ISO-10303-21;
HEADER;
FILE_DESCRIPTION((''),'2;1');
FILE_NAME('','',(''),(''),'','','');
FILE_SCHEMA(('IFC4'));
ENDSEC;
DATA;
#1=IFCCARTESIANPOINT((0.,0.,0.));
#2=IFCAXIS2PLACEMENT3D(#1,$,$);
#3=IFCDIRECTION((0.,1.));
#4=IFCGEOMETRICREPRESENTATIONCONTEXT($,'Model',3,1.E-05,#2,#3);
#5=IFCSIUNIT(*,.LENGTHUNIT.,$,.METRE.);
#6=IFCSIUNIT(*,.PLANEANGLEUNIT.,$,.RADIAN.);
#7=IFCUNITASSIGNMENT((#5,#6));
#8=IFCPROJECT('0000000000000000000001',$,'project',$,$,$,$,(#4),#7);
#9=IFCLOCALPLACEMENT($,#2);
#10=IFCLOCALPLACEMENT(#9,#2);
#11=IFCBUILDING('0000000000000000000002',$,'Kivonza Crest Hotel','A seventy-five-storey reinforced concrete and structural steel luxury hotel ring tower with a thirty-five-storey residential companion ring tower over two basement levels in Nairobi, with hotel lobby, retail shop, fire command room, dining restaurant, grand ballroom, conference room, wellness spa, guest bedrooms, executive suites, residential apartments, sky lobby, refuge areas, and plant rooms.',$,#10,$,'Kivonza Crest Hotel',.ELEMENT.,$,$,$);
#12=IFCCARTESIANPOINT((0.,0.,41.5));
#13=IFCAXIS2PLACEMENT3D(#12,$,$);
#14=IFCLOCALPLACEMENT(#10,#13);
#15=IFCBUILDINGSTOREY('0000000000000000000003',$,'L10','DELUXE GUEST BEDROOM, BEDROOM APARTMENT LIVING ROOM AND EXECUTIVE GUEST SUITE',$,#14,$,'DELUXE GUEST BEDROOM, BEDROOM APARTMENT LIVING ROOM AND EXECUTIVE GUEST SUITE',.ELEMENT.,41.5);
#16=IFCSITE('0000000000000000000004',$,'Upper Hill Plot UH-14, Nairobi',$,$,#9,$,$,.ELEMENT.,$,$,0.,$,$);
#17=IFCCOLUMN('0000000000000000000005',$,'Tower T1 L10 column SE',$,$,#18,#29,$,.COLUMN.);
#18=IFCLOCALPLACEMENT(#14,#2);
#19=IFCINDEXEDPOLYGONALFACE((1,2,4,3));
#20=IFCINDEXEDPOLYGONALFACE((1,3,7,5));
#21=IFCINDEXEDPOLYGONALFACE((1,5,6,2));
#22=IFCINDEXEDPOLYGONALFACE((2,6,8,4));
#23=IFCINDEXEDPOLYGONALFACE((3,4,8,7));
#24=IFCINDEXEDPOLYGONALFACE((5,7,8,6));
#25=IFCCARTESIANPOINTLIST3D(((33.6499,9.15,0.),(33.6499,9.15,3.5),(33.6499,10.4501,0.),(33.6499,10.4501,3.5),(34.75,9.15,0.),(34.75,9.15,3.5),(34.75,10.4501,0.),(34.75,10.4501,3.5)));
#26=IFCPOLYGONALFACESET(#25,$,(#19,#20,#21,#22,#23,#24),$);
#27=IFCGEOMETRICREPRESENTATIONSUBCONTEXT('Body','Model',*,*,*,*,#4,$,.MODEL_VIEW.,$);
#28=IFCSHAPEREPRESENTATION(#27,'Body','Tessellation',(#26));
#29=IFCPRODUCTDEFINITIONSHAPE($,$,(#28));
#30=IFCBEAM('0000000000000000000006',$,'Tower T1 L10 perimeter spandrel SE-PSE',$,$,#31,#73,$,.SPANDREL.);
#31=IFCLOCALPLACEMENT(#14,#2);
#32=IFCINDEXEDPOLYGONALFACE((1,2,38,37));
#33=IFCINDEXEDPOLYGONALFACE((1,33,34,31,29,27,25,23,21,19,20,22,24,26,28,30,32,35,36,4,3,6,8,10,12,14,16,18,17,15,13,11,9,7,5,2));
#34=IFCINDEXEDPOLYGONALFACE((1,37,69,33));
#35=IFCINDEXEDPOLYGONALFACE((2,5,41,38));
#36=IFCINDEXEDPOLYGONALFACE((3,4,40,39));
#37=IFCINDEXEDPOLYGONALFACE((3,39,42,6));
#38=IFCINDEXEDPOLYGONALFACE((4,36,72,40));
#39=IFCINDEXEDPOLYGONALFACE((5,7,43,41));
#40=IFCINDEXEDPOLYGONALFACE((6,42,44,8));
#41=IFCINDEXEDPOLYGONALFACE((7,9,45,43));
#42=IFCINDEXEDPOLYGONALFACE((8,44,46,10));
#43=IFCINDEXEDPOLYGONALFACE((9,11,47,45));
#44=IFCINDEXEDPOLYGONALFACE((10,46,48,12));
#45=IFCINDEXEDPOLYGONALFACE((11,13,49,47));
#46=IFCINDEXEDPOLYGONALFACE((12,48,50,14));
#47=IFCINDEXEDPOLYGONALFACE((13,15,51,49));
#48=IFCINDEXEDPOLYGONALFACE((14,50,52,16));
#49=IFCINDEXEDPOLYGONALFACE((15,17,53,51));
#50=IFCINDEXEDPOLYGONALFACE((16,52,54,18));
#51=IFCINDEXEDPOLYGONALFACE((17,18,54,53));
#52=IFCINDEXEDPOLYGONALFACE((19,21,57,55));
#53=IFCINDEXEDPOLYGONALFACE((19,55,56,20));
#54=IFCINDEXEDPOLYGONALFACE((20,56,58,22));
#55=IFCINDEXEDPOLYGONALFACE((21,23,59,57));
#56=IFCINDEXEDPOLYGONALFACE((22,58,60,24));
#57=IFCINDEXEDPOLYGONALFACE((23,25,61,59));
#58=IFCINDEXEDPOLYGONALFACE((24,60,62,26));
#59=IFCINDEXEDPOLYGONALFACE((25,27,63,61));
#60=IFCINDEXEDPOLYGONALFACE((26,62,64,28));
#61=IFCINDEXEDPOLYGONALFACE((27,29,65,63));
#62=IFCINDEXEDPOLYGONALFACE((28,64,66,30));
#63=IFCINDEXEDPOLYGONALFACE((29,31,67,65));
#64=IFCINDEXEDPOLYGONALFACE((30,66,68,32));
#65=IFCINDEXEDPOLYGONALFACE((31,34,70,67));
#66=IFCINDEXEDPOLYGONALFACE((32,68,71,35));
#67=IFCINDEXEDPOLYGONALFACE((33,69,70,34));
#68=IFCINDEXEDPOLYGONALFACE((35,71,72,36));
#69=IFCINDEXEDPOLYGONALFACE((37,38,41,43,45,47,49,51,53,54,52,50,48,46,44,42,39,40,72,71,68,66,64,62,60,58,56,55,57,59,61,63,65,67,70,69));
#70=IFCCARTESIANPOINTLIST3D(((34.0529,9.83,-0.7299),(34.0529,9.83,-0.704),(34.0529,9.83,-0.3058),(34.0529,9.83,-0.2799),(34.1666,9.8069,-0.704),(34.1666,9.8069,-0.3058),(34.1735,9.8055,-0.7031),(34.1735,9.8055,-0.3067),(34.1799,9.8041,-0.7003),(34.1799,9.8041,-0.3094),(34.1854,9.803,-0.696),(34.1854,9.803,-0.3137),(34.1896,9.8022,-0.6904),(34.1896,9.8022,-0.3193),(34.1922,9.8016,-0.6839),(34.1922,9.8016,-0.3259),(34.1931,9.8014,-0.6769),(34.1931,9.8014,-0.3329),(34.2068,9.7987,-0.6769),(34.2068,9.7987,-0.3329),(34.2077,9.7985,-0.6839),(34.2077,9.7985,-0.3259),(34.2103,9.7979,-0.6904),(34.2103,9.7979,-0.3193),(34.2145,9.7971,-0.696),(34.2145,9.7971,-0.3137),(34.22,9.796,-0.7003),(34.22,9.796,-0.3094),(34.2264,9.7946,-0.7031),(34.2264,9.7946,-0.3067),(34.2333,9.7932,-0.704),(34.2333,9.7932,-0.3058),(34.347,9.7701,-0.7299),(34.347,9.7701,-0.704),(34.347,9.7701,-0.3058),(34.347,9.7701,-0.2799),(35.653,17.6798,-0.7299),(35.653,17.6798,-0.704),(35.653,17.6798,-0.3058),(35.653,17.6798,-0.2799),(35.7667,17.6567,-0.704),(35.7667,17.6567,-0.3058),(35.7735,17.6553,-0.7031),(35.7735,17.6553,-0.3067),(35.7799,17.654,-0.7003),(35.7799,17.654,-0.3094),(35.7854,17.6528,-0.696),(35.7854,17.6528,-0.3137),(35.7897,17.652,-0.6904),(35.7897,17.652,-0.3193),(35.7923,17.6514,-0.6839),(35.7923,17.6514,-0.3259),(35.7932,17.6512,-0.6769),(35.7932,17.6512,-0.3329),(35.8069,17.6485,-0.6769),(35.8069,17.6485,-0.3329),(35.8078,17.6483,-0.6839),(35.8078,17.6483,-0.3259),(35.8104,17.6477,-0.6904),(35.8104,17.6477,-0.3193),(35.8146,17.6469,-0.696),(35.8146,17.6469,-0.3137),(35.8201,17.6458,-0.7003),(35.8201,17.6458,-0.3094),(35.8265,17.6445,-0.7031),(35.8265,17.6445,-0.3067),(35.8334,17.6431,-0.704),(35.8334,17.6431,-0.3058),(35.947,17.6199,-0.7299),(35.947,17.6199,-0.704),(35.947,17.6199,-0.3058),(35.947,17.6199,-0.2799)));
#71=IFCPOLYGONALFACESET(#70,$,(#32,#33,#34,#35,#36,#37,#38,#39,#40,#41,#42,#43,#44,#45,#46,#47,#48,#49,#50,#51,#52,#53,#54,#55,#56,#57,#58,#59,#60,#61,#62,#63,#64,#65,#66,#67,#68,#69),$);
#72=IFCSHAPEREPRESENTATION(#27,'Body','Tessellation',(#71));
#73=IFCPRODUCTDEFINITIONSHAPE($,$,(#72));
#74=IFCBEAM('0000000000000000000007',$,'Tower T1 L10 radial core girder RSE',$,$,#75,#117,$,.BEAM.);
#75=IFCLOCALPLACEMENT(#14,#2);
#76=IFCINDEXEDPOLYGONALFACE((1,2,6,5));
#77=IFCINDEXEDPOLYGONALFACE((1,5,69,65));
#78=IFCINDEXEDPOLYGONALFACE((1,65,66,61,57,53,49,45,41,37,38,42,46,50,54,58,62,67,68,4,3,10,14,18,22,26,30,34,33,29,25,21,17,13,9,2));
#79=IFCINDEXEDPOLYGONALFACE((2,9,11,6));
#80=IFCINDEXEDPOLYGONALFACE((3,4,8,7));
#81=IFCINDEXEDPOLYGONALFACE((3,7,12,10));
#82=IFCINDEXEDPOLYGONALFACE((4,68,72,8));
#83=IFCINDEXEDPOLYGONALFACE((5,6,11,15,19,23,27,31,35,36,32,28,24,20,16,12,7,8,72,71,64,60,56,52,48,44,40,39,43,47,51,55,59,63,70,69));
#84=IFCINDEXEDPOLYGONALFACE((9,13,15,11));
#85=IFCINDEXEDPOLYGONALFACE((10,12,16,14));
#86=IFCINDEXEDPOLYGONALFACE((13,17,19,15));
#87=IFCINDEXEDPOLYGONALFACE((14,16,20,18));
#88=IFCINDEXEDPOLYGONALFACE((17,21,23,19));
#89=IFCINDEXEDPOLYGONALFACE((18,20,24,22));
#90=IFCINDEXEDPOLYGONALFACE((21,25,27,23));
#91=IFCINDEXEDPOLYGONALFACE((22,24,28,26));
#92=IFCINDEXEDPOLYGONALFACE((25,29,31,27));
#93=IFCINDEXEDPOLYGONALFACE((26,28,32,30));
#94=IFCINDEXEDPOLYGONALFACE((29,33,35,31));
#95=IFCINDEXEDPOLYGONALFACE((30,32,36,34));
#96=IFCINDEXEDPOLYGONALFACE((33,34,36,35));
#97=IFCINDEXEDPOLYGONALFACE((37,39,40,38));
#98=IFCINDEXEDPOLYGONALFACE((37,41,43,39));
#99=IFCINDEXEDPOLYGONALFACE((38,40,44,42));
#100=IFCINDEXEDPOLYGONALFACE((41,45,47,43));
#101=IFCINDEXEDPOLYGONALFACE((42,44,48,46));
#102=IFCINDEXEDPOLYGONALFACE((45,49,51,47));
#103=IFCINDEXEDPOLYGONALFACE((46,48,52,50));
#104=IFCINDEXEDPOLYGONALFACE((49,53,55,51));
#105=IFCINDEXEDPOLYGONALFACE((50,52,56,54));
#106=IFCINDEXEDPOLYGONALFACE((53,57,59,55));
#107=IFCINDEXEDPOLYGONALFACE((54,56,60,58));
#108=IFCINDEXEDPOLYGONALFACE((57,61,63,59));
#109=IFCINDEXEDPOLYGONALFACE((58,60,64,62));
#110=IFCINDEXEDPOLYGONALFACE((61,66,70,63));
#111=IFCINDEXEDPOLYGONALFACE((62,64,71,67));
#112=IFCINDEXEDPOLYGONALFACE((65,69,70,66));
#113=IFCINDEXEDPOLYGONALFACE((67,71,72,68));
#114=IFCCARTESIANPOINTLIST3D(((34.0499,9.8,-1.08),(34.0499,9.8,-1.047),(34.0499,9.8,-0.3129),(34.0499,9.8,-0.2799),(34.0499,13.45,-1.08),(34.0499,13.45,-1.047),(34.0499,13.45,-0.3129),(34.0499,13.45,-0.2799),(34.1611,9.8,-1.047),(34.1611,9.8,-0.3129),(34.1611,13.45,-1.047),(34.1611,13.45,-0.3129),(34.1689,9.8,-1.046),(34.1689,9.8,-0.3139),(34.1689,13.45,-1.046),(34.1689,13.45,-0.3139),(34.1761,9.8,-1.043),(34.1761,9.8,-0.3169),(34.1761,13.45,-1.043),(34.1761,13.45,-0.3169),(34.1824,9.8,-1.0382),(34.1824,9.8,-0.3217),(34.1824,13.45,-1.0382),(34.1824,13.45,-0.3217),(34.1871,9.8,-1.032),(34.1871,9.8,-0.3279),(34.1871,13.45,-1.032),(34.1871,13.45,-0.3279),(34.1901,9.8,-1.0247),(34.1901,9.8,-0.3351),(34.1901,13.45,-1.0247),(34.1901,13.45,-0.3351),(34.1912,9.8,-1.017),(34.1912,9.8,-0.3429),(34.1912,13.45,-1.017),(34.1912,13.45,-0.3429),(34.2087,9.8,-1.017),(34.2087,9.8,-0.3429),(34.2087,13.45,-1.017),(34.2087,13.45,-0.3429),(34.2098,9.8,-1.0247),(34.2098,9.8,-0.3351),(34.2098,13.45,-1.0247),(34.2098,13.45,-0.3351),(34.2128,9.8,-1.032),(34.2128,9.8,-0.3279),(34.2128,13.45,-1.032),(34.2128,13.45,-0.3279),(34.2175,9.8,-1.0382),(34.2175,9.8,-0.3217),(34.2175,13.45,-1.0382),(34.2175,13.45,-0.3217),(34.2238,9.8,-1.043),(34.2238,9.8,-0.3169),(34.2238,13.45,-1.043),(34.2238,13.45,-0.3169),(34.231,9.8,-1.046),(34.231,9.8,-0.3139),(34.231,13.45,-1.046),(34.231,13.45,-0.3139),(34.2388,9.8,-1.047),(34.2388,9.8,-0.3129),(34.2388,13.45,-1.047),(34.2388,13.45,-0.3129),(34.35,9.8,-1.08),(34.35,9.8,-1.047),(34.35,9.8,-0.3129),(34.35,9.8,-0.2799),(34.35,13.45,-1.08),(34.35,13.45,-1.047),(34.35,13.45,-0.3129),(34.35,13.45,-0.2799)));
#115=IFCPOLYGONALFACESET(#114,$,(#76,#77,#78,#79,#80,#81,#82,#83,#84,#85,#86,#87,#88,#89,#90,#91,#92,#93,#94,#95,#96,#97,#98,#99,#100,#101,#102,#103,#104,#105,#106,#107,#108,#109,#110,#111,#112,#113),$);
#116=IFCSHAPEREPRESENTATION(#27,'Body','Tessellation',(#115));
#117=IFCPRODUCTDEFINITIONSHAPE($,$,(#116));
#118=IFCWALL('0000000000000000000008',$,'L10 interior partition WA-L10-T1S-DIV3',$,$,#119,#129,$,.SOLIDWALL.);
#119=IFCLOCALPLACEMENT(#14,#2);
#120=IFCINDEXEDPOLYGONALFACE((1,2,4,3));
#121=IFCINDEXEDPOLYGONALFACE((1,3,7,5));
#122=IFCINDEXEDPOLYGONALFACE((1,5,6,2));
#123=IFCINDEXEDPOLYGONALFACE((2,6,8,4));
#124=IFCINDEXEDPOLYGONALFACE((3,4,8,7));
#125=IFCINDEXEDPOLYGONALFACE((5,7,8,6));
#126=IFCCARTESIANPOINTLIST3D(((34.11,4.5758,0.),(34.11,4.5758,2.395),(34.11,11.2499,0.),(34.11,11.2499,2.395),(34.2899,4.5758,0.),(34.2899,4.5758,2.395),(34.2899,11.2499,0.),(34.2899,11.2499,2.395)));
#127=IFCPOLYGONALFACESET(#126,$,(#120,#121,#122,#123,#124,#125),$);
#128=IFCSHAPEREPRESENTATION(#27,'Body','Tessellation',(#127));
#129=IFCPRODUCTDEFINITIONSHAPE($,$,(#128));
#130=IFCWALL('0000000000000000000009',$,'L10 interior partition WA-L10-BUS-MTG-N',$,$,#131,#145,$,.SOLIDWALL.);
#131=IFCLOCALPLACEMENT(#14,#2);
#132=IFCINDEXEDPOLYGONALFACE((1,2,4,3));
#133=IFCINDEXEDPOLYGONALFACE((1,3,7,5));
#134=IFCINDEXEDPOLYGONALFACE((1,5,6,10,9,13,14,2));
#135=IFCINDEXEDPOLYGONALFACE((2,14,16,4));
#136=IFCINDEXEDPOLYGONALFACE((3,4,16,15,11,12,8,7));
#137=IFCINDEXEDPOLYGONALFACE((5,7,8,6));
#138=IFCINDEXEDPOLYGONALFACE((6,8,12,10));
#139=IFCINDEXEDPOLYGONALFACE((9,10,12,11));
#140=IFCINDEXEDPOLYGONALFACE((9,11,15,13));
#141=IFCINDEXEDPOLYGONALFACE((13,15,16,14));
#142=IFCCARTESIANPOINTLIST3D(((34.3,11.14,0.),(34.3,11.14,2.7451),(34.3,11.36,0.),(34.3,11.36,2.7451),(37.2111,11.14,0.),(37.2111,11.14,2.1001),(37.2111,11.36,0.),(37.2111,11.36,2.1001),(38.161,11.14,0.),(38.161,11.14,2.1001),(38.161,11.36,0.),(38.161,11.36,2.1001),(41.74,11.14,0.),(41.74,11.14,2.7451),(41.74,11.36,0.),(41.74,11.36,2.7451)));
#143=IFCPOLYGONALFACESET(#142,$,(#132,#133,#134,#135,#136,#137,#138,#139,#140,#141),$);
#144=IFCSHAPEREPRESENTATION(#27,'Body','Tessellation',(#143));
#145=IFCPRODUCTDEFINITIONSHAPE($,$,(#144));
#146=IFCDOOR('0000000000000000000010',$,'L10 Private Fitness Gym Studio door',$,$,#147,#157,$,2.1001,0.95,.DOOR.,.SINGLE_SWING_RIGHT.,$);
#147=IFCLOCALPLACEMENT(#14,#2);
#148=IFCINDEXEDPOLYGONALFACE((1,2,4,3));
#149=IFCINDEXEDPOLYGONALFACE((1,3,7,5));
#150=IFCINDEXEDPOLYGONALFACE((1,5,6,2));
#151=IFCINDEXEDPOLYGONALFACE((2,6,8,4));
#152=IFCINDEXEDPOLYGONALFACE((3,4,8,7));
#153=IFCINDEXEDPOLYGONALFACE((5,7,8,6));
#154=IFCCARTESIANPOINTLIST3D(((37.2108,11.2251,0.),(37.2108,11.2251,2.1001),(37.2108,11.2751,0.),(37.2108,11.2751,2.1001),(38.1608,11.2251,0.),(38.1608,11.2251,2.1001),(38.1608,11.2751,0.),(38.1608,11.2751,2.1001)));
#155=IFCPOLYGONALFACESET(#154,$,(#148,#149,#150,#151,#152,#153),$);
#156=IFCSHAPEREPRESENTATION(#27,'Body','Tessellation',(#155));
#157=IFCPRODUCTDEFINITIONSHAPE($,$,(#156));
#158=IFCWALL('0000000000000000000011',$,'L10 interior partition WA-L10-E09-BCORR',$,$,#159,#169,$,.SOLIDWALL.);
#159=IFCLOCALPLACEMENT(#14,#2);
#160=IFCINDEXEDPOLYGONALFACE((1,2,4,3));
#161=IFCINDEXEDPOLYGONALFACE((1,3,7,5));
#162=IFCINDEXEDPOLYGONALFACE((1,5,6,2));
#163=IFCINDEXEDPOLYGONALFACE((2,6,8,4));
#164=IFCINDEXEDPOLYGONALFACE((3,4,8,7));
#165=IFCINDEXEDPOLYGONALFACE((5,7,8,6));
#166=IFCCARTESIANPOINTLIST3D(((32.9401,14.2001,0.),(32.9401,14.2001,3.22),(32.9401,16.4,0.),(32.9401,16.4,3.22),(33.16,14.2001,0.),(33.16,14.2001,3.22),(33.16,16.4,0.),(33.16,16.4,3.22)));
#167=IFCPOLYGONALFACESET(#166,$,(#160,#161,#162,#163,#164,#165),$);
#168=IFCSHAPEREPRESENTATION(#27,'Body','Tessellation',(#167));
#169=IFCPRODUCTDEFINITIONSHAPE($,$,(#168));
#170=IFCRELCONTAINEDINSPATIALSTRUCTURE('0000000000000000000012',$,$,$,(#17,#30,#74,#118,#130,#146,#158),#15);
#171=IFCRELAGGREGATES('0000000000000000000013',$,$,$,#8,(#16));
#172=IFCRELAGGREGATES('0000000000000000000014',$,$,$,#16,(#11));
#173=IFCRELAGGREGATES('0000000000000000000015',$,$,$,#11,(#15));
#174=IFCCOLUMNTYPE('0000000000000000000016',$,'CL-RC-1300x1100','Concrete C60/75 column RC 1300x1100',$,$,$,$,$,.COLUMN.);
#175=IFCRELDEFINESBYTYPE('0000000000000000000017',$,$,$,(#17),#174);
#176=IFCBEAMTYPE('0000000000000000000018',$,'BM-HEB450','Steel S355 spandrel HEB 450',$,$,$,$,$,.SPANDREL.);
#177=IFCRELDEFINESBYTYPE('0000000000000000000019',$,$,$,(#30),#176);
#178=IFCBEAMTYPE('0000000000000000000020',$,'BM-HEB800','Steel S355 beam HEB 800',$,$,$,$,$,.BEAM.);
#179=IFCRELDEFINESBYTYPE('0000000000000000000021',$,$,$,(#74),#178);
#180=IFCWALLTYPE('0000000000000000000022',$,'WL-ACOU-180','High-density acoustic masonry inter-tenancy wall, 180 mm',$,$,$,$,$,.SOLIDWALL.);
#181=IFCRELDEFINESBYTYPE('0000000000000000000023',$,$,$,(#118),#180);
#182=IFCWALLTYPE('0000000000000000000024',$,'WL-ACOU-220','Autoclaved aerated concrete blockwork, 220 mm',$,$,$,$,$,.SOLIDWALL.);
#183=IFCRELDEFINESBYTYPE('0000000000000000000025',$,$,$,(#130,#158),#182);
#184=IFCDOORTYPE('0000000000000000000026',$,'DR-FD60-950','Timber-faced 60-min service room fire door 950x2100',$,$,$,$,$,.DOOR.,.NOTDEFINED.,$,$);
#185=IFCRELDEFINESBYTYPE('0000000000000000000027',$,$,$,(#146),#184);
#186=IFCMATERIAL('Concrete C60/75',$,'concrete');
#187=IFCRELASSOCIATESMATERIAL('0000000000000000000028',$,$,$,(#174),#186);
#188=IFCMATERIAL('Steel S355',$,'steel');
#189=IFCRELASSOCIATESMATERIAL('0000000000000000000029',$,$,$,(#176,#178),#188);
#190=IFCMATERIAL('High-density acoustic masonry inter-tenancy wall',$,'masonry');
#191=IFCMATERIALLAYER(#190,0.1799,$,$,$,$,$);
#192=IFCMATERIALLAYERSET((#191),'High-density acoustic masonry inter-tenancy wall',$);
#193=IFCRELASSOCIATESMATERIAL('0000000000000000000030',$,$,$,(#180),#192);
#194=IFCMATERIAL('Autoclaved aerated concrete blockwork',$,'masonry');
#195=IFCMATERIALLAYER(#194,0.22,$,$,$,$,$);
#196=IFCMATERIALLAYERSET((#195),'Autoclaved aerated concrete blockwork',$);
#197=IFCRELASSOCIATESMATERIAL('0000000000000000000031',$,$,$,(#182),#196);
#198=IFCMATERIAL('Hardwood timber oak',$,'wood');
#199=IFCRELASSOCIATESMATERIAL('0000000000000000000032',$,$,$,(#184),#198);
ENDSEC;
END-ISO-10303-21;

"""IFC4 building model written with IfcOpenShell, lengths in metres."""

from ifc_helpers import new_model, si_unit, direction, frame, frame_2d, origin, origin_2d, place, context, subcontext, project, spatial, rectangle, i_section, extrude, material, layer, layer_set, material_profile, profile_set, type_object, element, fill, save


model = new_model("IFC4")

# Units and contexts
model_context = context("Model", 3, precision=1e-05, world=origin(), true_north=direction((0.0, 1.0)))
body_context = subcontext(model_context, "Body", "Model", "MODEL_VIEW")
ifc_project = project(units=[si_unit("LENGTHUNIT", "METRE"), si_unit("PLANEANGLEUNIT", "RADIAN")], contexts=[model_context])

# Site, building, storey
site_placement = place(None, origin())
site = spatial("IfcSite", under=ifc_project, at=site_placement, Name="Upper Hill Plot UH-14, Nairobi", CompositionType="ELEMENT", RefElevation=0.0)
building_placement = place(site_placement, origin())
building = spatial("IfcBuilding", under=site, at=building_placement, Name="Kivonza Crest Hotel", Description="A seventy-five-storey reinforced concrete and structural steel luxury hotel ring tower with a thirty-five-storey residential companion ring tower over two basement levels in Nairobi, with hotel lobby, retail shop, fire command room, dining restaurant, grand ballroom, conference room, wellness spa, guest bedrooms, executive suites, residential apartments, sky lobby, refuge areas, and plant rooms.", LongName="Kivonza Crest Hotel", CompositionType="ELEMENT")
storey_placement = place(building_placement, frame((0.0, 0.0, 41.5)))
storey = spatial("IfcBuildingStorey", under=building, at=storey_placement, Name="L10", Description="DELUXE GUEST BEDROOM, BEDROOM APARTMENT LIVING ROOM AND EXECUTIVE GUEST SUITE", LongName="DELUXE GUEST BEDROOM, BEDROOM APARTMENT LIVING ROOM AND EXECUTIVE GUEST SUITE", CompositionType="ELEMENT", Elevation=41.5)

# Column
ifc_material_1 = material(Name="Concrete C60/75", Category="concrete")
ifc_material_profile_1 = material_profile(ifc_material_1, rectangle(XDim=1.1001, YDim=1.3, at=origin_2d()), Name="RC 1300x1100")
ifc_profile_set_1 = profile_set([ifc_material_profile_1], Name="Concrete C60/75")
column_type = type_object("IfcColumnType", Name="CL-RC-1300x1100", Description="Concrete C60/75 column RC 1300x1100", PredefinedType="COLUMN", material=ifc_profile_set_1)
column_placement = place(storey_placement, frame((34.2, 9.8, 0.0), z_axis=(0.0, 0.0, 1.0), x_axis=(1.0, 0.0, 0.0)))
element("IfcColumn", 1, at=column_placement, inside=storey, type_object=column_type, Name="Tower T1 L10 column SE", PredefinedType="COLUMN", context=body_context, shape_type="SweptSolid", body=[
    extrude(rectangle(XDim=1.1001, YDim=1.3, at=origin_2d()), origin(), (0.0, 0.0, 1.0), 3.5),
])

# Beams
ifc_material_2 = material(Name="Steel S355", Category="steel")
ifc_material_profile_2 = material_profile(ifc_material_2, i_section(OverallWidth=0.3, OverallDepth=0.45, WebThickness=0.0139, FlangeThickness=0.0259, FilletRadius=0.0271, at=origin_2d()), Name="HEB 450")
ifc_profile_set_2 = profile_set([ifc_material_profile_2], Name="Steel S355")
beam_type_1 = type_object("IfcBeamType", Name="BM-HEB450", Description="Steel S355 spandrel HEB 450", PredefinedType="SPANDREL", material=ifc_profile_set_2)
beam_1_placement = place(storey_placement, frame((34.2, 9.8, -0.5049), z_axis=(0.199731, 0.979851, 0.0), x_axis=(-0.979851, 0.199731, 0.0)))
element("IfcBeam", 2, at=beam_1_placement, inside=storey, type_object=beam_type_1, Name="Tower T1 L10 perimeter spandrel SE-PSE", PredefinedType="SPANDREL", context=body_context, shape_type="SweptSolid", body=[
    extrude(i_section(OverallWidth=0.3, OverallDepth=0.45, WebThickness=0.0139, FlangeThickness=0.0259, FilletRadius=0.0271, at=origin_2d()), origin(), (0.0, 0.0, 1.0), 8.0112),
])
ifc_material_profile_3 = material_profile(ifc_material_2, i_section(OverallWidth=0.3, OverallDepth=0.8, WebThickness=0.0176, FlangeThickness=0.033, FilletRadius=0.03, at=origin_2d()), Name="HEB 800")
ifc_profile_set_3 = profile_set([ifc_material_profile_3], Name="Steel S355")
beam_type_2 = type_object("IfcBeamType", Name="BM-HEB800", Description="Steel S355 beam HEB 800", PredefinedType="BEAM", material=ifc_profile_set_3)
beam_2_placement = place(storey_placement, frame((34.2, 9.8, -0.6799), z_axis=(0.0, 1.0, 0.0), x_axis=(-1.0, 0.0, 0.0)))
element("IfcBeam", 3, at=beam_2_placement, inside=storey, type_object=beam_type_2, Name="Tower T1 L10 radial core girder RSE", PredefinedType="BEAM", context=body_context, shape_type="SweptSolid", body=[
    extrude(i_section(OverallWidth=0.3, OverallDepth=0.8, WebThickness=0.0176, FlangeThickness=0.033, FilletRadius=0.03, at=origin_2d()), origin(), (0.0, 0.0, 1.0), 3.6499),
])

# Wall
ifc_material_3 = material(Name="High-density acoustic masonry inter-tenancy wall", Category="masonry")
ifc_layer_1 = layer(ifc_material_3, 0.1799)
ifc_layer_set_1 = layer_set([ifc_layer_1], Name="High-density acoustic masonry inter-tenancy wall")
wall_type_1 = type_object("IfcWallType", Name="WL-ACOU-180", Description="High-density acoustic masonry inter-tenancy wall, 180 mm", PredefinedType="SOLIDWALL", material=ifc_layer_set_1)
wall_1_placement = place(storey_placement, frame((34.2, 4.5759, 0.0), z_axis=(0.0, 0.0, 1.0), x_axis=(0.0, 1.0, 0.0)))
element("IfcWall", 4, at=wall_1_placement, inside=storey, type_object=wall_type_1, Name="L10 interior partition WA-L10-T1S-DIV3", PredefinedType="SOLIDWALL", context=body_context, shape_type="SweptSolid", body=[
    extrude(rectangle(XDim=6.6741, YDim=0.1799, at=frame_2d((3.3369, 0.0))), origin(), (0.0, 0.0, 1.0), 2.395),
])

# Wall, opening, door
ifc_material_4 = material(Name="Autoclaved aerated concrete blockwork", Category="masonry")
ifc_layer_2 = layer(ifc_material_4, 0.22)
ifc_layer_set_2 = layer_set([ifc_layer_2], Name="Autoclaved aerated concrete blockwork")
wall_type_2 = type_object("IfcWallType", Name="WL-ACOU-220", Description="Autoclaved aerated concrete blockwork, 220 mm", PredefinedType="SOLIDWALL", material=ifc_layer_set_2)
wall_2_placement = place(storey_placement, frame((34.3, 11.25, 0.0), z_axis=(0.0, 0.0, 1.0), x_axis=(1.0, 0.0, 0.0)))
wall_2 = element("IfcWall", 5, at=wall_2_placement, inside=storey, type_object=wall_type_2, Name="L10 interior partition WA-L10-BUS-MTG-N", PredefinedType="SOLIDWALL", context=body_context, shape_type="SweptSolid", body=[
    extrude(rectangle(XDim=7.4399, YDim=0.22, at=frame_2d((3.72, 0.0))), origin(), (0.0, 0.0, 1.0), 2.7451),
])
opening_1_placement = place(wall_2_placement, frame((2.9109, 0.0, 0.0)))
opening_1 = element("IfcOpeningElement", 6, at=opening_1_placement, cuts=wall_2, PredefinedType="OPENING", context=body_context, shape_type="SweptSolid", body=[
    extrude(rectangle(XDim=0.95, YDim=2.1001, at=frame_2d((0.4751, 1.05))), frame((0.0, 0.1201, 0.0), z_axis=(0.0, -1.0, 0.0), x_axis=(1.0, 0.0, 0.0)), (0.0, 0.0, 1.0), 0.24),
])
ifc_material_5 = material(Name="Hardwood timber oak", Category="wood")
door_type_1 = type_object("IfcDoorType", Name="DR-FD60-950", Description="Timber-faced 60-min service room fire door 950x2100", OperationType="NOTDEFINED", PredefinedType="DOOR", material=ifc_material_5)
door_1_placement = place(opening_1_placement, frame((0.95, 0.0, 0.0), z_axis=(0.0, 0.0, 1.0), x_axis=(-1.0, 0.0, 0.0)))
door_1 = element("IfcDoor", 7, at=door_1_placement, inside=storey, type_object=door_type_1, Name="L10 Private Fitness Gym Studio door", OperationType="SINGLE_SWING_RIGHT", OverallHeight=2.1001, OverallWidth=0.95, PredefinedType="DOOR", context=body_context, shape_type="SweptSolid", body=[
    extrude(rectangle(XDim=0.95, YDim=2.1001, at=frame_2d((0.4751, 1.05))), frame((0.0, 0.0249, 0.0), z_axis=(0.0, -1.0, 0.0), x_axis=(1.0, 0.0, 0.0)), (0.0, 0.0, 1.0), 0.05),
])
fill(opening_1, door_1)

# Wall
wall_3_placement = place(storey_placement, frame((33.05, 14.2, 0.0), z_axis=(0.0, 0.0, 1.0), x_axis=(0.0, 1.0, 0.0)))
element("IfcWall", 8, at=wall_3_placement, inside=storey, type_object=wall_type_2, Name="L10 interior partition WA-L10-E09-BCORR", PredefinedType="SOLIDWALL", context=body_context, shape_type="SweptSolid", body=[
    extrude(rectangle(XDim=2.2, YDim=0.22, at=frame_2d((1.1001, 0.0))), origin(), (0.0, 0.0, 1.0), 3.22),
])

save(model, "model.ifc")
